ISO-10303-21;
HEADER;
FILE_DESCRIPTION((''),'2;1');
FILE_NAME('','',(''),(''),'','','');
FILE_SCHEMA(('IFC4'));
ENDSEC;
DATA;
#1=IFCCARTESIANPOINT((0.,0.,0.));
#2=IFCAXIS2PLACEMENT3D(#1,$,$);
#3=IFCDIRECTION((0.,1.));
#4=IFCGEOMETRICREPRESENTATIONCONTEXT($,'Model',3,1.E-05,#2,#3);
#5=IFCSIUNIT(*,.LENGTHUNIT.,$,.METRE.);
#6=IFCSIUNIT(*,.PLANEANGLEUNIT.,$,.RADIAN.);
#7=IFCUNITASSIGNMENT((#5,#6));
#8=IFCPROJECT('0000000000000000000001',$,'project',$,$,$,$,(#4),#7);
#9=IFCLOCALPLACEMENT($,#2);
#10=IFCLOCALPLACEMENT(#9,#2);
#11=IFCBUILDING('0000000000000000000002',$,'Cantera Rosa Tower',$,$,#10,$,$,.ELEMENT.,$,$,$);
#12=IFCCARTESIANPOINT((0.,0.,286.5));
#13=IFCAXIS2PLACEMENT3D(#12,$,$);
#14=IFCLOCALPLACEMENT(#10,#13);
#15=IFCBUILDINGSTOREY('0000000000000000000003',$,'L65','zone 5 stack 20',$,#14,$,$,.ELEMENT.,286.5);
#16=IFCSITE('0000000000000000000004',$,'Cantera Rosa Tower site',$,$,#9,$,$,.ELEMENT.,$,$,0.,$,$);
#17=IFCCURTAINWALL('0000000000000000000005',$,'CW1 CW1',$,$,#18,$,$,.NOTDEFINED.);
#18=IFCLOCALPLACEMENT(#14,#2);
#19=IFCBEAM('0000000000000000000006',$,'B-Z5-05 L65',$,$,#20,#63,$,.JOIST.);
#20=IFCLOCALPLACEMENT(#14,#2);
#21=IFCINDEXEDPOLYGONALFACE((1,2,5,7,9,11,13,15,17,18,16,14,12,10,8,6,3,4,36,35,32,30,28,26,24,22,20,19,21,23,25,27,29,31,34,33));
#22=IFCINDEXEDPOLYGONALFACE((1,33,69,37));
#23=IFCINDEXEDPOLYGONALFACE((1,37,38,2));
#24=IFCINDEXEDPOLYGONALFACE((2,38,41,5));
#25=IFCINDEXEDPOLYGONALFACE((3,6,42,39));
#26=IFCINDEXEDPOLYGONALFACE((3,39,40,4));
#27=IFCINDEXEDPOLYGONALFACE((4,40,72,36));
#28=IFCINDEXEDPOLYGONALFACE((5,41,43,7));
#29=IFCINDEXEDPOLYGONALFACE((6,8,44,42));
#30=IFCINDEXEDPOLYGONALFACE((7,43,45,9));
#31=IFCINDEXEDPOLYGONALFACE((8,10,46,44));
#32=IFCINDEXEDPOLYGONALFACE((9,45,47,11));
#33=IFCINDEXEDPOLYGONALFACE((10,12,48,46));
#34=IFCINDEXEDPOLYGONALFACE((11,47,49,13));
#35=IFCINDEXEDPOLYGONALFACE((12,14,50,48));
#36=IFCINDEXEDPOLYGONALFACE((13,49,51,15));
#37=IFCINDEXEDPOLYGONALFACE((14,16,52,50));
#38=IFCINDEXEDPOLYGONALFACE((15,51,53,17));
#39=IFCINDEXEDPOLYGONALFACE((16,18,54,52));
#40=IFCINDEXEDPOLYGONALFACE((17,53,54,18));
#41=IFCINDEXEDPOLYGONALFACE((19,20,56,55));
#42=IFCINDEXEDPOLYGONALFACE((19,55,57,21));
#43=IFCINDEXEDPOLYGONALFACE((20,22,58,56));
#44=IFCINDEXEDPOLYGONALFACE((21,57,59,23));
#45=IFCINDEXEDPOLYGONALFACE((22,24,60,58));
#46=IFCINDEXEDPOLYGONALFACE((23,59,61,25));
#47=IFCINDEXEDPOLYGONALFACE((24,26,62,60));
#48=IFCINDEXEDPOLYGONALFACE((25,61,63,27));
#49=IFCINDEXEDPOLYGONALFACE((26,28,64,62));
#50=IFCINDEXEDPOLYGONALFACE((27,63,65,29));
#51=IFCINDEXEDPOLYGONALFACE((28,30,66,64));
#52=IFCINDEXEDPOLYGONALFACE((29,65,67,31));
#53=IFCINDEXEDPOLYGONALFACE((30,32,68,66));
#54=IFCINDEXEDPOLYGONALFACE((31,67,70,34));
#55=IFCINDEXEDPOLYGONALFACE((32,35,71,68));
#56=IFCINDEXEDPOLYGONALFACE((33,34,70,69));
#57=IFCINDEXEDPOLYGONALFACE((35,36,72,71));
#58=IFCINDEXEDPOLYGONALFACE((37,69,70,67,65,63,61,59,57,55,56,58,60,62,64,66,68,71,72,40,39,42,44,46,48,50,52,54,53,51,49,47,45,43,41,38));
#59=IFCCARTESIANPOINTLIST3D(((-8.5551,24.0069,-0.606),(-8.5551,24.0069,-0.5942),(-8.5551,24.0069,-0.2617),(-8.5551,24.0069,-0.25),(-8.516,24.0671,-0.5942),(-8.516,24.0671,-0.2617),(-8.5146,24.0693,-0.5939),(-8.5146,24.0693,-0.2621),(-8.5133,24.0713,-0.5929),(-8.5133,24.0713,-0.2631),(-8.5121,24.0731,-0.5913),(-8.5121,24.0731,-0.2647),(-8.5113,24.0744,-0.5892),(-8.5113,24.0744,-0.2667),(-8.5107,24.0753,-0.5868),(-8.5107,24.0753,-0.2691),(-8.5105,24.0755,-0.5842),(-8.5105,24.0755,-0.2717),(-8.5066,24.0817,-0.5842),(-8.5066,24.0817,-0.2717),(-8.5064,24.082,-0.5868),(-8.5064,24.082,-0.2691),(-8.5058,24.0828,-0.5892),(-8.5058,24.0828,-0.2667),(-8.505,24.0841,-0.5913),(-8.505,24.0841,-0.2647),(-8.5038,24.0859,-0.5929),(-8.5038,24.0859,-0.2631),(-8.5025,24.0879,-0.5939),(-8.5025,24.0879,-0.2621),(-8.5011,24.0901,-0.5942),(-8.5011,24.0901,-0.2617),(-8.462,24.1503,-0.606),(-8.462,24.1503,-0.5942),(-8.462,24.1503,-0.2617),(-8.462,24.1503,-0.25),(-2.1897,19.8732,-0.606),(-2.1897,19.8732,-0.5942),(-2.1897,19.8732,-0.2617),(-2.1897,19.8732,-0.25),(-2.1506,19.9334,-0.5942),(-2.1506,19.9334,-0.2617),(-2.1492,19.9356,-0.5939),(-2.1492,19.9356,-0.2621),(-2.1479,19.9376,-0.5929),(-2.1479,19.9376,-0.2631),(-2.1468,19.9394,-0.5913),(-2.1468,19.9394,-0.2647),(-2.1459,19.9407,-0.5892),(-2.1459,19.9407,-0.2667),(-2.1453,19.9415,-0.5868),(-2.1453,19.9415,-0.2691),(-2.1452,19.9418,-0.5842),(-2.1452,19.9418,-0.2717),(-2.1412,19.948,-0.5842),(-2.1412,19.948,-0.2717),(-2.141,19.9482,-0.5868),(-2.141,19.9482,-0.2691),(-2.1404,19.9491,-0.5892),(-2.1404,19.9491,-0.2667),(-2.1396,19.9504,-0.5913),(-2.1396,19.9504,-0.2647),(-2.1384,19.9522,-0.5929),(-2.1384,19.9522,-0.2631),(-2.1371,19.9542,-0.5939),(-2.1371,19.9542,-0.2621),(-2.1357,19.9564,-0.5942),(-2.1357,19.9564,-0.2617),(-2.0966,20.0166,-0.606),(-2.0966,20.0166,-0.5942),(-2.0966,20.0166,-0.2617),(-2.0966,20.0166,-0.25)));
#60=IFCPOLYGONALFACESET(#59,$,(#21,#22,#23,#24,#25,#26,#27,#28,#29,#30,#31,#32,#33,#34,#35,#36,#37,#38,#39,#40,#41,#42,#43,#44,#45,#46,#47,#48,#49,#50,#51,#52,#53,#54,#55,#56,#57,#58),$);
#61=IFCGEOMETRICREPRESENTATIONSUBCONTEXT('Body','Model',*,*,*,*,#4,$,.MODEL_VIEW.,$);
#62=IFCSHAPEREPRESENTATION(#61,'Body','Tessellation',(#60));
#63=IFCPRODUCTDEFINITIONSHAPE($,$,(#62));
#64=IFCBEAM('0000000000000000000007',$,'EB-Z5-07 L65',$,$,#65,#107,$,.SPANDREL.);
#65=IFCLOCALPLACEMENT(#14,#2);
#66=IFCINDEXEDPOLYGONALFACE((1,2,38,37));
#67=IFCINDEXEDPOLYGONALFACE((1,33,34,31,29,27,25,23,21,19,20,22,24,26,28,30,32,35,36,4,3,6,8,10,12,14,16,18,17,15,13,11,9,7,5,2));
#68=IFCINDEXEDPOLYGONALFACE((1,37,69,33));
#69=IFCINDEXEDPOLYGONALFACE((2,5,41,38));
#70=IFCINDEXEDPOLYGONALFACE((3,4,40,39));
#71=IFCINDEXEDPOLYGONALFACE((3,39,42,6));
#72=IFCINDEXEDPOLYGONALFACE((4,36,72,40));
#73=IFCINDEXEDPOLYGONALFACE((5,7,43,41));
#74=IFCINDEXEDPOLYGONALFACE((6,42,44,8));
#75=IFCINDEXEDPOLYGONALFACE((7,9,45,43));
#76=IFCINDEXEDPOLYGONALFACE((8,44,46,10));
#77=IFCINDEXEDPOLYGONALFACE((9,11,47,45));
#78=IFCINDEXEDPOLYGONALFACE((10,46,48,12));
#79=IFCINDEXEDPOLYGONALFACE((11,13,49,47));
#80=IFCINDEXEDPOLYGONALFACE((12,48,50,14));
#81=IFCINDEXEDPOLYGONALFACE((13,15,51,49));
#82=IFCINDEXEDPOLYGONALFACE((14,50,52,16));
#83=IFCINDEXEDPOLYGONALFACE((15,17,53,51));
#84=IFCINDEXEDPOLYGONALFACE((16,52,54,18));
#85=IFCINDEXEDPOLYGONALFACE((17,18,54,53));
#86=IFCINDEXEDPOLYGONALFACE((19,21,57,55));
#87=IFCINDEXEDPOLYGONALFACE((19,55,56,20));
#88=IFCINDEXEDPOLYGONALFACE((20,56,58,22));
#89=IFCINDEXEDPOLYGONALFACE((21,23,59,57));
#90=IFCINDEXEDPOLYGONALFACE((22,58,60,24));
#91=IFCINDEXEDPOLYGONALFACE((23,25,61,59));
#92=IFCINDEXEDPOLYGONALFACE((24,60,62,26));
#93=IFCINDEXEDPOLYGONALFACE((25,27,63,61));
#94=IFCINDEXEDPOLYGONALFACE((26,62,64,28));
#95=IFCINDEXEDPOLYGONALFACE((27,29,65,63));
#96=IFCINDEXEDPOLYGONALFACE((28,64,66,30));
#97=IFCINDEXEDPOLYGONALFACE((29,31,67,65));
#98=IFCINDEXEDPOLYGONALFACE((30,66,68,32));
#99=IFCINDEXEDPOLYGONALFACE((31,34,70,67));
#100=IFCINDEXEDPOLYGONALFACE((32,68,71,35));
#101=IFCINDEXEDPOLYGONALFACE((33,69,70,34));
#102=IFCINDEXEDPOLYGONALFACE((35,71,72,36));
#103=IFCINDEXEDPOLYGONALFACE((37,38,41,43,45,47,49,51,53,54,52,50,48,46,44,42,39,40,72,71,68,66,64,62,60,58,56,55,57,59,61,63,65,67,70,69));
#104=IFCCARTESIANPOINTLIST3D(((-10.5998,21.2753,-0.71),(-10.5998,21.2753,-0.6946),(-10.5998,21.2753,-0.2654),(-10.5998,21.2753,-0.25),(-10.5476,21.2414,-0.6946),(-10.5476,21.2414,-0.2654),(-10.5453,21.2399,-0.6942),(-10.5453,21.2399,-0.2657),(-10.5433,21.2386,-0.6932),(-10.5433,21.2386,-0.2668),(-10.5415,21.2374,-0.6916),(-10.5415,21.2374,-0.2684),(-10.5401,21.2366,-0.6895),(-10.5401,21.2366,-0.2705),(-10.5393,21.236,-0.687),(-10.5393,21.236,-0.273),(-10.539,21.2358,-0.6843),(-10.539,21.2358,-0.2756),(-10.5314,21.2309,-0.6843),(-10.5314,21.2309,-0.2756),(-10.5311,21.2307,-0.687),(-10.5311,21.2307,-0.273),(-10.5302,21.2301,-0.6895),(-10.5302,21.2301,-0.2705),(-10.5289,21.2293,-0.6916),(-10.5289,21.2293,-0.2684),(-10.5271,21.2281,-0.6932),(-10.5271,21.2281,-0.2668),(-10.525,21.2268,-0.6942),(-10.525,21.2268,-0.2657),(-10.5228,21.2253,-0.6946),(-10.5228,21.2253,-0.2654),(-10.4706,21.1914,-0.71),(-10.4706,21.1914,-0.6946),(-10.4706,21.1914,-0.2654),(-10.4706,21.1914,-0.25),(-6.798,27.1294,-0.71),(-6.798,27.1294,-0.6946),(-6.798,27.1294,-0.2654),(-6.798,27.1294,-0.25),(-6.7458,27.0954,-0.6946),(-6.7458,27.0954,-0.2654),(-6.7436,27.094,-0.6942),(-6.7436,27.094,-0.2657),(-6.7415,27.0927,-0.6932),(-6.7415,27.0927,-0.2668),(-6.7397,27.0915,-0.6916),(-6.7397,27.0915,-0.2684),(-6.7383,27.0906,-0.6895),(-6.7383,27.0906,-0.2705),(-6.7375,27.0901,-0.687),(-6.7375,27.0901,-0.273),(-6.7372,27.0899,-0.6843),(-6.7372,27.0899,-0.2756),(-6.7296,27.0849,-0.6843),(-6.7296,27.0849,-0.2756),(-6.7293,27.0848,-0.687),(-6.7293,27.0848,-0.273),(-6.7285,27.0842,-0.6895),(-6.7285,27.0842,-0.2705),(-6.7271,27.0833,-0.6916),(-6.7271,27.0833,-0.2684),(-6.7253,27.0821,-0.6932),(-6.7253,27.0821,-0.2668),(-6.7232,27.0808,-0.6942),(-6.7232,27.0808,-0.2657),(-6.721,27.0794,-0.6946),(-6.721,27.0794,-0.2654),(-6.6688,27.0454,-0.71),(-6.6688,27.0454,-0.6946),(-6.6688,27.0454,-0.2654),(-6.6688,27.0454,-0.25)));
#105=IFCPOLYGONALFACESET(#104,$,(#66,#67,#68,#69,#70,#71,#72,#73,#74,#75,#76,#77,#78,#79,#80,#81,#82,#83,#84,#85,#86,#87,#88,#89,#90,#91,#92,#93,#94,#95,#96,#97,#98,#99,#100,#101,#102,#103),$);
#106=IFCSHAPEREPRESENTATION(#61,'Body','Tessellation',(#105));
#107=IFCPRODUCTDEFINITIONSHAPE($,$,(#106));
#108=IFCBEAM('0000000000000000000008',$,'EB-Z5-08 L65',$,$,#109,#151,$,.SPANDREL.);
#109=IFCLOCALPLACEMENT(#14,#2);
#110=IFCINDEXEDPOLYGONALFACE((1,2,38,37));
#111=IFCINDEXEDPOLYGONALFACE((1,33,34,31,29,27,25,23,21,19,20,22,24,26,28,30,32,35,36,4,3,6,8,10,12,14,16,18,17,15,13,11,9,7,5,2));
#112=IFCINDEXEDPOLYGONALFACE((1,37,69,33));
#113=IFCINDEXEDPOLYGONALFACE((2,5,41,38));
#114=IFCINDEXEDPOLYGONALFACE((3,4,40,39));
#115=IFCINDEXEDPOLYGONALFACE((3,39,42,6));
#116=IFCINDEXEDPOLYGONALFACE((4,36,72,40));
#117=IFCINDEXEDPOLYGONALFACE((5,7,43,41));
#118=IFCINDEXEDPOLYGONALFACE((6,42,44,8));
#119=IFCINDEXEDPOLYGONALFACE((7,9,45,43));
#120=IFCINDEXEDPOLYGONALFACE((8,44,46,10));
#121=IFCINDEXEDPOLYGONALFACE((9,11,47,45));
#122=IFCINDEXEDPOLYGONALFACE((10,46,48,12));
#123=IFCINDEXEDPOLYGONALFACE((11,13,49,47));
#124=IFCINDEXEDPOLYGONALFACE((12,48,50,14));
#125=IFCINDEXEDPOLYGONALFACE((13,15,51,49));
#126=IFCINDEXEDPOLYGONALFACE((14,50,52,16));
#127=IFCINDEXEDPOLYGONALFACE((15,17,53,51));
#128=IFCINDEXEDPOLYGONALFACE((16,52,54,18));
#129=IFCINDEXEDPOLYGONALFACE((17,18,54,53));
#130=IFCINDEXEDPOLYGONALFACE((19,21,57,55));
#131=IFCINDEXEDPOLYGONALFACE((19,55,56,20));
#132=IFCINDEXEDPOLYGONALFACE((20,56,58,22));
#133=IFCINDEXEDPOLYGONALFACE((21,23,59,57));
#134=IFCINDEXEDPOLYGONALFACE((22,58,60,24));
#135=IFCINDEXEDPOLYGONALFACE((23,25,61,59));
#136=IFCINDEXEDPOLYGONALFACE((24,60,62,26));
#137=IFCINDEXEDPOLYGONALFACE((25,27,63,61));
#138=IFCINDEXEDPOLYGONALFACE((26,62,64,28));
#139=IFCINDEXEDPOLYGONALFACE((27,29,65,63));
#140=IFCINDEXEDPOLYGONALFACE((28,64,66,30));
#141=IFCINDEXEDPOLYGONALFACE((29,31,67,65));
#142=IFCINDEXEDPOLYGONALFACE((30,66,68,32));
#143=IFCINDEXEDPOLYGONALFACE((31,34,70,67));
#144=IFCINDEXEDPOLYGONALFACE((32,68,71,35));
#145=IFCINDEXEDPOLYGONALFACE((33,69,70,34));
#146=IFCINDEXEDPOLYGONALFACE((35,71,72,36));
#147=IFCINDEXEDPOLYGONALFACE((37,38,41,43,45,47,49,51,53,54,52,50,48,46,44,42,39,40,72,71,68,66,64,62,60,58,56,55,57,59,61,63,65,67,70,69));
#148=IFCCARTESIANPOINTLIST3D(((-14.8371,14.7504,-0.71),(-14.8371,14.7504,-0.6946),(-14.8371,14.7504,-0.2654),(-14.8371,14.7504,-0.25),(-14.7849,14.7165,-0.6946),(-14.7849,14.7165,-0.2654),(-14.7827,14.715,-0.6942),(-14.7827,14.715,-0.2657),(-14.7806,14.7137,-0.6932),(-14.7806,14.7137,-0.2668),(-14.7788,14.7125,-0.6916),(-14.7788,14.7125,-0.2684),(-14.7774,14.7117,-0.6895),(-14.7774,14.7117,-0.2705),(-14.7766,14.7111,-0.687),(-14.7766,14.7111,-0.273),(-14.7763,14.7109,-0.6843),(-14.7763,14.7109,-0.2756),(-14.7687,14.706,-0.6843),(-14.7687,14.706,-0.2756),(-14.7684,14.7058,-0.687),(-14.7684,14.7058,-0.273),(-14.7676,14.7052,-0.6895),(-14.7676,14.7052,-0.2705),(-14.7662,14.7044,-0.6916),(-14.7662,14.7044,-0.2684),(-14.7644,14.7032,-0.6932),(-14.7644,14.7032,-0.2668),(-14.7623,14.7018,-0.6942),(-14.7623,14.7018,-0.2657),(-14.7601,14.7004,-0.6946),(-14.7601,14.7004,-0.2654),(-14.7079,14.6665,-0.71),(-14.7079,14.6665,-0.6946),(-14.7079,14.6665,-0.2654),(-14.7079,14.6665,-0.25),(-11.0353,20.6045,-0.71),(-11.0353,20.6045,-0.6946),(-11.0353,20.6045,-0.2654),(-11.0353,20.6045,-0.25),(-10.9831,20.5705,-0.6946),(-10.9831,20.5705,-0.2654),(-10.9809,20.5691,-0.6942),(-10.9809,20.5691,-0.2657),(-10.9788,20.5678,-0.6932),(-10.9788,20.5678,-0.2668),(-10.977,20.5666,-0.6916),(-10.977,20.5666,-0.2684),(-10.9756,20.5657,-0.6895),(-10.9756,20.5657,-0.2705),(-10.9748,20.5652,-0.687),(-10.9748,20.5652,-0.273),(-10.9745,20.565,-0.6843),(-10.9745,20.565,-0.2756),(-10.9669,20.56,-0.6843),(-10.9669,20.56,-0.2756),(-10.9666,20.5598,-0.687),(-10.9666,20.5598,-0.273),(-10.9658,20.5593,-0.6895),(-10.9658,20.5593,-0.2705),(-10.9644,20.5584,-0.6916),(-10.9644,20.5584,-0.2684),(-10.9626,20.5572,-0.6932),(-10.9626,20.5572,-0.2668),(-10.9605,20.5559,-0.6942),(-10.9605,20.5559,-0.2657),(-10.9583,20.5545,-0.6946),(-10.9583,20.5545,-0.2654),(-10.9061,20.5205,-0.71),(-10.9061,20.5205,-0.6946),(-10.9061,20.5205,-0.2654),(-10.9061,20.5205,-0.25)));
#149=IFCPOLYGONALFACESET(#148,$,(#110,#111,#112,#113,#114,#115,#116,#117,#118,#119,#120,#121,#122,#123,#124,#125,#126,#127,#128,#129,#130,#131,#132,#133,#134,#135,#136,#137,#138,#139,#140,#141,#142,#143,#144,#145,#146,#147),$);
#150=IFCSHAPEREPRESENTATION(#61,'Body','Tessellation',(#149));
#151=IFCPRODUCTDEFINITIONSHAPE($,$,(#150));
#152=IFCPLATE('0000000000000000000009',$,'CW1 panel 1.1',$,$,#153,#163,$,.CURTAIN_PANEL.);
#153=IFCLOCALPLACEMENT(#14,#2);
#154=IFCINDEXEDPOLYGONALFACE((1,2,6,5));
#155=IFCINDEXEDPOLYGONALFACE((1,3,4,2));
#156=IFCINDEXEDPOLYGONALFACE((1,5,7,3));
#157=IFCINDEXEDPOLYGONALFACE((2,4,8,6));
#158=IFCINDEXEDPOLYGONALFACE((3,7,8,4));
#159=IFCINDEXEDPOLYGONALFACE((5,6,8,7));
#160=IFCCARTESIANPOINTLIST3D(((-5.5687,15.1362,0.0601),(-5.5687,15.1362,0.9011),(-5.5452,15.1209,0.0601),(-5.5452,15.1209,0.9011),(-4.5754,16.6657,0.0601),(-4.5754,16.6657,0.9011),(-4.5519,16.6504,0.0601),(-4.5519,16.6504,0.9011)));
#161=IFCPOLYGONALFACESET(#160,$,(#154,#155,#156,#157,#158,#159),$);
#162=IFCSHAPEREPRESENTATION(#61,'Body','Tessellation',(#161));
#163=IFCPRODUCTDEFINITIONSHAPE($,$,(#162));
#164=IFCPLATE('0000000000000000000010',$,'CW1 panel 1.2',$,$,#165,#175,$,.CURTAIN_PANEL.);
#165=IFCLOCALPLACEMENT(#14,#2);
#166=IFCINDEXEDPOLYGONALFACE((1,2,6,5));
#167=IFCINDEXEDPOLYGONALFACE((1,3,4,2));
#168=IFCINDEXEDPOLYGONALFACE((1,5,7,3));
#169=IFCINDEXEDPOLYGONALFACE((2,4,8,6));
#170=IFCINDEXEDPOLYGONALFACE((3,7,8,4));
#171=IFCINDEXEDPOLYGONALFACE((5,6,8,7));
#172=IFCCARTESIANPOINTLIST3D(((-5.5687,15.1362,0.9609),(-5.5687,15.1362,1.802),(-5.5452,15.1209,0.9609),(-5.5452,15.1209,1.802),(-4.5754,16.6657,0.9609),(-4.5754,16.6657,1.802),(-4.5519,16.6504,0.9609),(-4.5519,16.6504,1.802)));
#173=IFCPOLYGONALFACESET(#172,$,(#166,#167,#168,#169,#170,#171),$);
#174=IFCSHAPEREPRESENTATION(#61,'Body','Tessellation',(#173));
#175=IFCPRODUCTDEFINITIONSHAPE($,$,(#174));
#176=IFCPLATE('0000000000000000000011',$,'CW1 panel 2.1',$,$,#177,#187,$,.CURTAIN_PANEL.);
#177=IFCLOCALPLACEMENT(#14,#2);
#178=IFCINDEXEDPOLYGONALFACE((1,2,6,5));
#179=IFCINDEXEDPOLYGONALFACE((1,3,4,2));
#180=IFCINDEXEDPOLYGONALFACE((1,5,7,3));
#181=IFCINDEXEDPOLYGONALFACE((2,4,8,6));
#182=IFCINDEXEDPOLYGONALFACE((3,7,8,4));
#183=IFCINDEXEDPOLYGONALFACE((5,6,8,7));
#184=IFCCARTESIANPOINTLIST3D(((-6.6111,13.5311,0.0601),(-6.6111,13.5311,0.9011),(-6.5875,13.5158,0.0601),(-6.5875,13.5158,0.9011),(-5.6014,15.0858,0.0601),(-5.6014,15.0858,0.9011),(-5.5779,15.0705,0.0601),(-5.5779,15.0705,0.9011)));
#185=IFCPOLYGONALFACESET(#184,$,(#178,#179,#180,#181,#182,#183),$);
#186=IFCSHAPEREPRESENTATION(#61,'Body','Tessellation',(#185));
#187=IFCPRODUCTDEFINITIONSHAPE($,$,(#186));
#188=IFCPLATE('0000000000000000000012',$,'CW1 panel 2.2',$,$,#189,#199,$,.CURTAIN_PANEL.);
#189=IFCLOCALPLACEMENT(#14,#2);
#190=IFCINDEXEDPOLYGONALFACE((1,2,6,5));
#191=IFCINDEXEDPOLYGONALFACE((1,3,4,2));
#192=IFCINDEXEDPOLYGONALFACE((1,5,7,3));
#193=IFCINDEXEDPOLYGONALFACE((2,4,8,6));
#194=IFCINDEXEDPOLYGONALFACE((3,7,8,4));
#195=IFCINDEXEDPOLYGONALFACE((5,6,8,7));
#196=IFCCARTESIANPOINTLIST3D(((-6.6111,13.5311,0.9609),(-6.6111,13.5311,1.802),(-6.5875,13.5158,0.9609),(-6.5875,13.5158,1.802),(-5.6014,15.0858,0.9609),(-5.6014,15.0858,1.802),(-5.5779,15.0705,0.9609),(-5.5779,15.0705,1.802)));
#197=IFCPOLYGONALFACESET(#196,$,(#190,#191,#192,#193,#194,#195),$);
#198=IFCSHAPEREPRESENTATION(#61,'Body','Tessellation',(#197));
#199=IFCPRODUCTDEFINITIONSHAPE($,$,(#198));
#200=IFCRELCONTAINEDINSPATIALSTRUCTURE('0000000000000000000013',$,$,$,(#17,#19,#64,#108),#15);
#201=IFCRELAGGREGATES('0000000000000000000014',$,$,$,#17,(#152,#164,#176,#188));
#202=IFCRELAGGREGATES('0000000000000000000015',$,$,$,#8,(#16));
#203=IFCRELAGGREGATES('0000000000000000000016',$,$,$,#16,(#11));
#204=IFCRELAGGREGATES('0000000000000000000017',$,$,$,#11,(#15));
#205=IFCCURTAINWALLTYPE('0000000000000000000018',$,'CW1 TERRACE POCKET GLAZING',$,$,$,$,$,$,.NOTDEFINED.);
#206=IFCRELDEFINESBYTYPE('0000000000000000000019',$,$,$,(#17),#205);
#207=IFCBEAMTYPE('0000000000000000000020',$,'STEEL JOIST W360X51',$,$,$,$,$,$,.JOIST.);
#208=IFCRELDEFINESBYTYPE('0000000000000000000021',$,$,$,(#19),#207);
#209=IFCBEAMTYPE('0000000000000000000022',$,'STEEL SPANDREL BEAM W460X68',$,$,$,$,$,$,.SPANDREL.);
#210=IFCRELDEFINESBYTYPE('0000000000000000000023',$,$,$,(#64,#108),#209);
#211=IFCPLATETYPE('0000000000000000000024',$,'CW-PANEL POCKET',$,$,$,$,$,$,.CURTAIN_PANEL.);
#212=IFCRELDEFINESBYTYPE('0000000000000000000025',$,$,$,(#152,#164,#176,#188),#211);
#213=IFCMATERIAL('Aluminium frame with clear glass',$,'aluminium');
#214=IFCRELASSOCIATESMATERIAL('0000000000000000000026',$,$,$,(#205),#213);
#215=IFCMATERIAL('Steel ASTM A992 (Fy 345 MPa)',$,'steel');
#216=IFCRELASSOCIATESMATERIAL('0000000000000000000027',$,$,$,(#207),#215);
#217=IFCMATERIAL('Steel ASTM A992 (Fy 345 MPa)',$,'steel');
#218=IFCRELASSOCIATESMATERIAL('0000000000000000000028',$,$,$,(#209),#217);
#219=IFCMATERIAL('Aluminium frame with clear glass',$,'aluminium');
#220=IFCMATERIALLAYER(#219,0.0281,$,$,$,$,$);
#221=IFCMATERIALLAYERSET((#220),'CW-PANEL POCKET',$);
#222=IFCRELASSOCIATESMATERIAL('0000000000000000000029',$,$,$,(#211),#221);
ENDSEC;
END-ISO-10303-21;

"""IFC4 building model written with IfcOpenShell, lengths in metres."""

from ifc_helpers import new_model, si_unit, direction, frame, origin, origin_2d, place, context, subcontext, project, spatial, rectangle, i_section, extrude, material, layer, layer_set, material_profile, profile_set, type_object, element, aggregate, save


model = new_model("IFC4")

# Units and contexts
model_context = context("Model", 3, precision=1e-05, world=origin(), true_north=direction((0.0, 1.0)))
body_context = subcontext(model_context, "Body", "Model", "MODEL_VIEW")
ifc_project = project(units=[si_unit("LENGTHUNIT", "METRE"), si_unit("PLANEANGLEUNIT", "RADIAN")], contexts=[model_context])

# Site, building, storey
site_placement = place(None, origin())
site = spatial("IfcSite", under=ifc_project, at=site_placement, Name="Cantera Rosa Tower site", CompositionType="ELEMENT", RefElevation=0.0)
building_placement = place(site_placement, origin())
building = spatial("IfcBuilding", under=site, at=building_placement, Name="Cantera Rosa Tower", CompositionType="ELEMENT")
storey_placement = place(building_placement, frame((0.0, 0.0, 286.5)))
storey = spatial("IfcBuildingStorey", under=building, at=storey_placement, Name="L65", Description="zone 5 stack 20", CompositionType="ELEMENT", Elevation=286.5)

# Curtain wall
ifc_material_1 = material(Name="Aluminium frame with clear glass", Category="aluminium")
curtain_wall_type = type_object("IfcCurtainWallType", Name="CW1 TERRACE POCKET GLAZING", PredefinedType="NOTDEFINED", material=ifc_material_1)
curtain_wall_placement = place(storey_placement, origin())
curtain_wall = element("IfcCurtainWall", 1, at=curtain_wall_placement, inside=storey, type_object=curtain_wall_type, Name="CW1 CW1", PredefinedType="NOTDEFINED")

# Beams
ifc_material_2 = material(Name="Steel ASTM A992 (Fy 345 MPa)", Category="steel")
ifc_material_profile_1 = material_profile(ifc_material_2, i_section(OverallWidth=0.1709, OverallDepth=0.356, WebThickness=0.0073, FlangeThickness=0.0117, FilletRadius=0.01, at=origin_2d()), Name="W360X51")
ifc_profile_set_1 = profile_set([ifc_material_profile_1], Name="Steel ASTM A992 (Fy 345 MPa)")
beam_type_1 = type_object("IfcBeamType", Name="STEEL JOIST W360X51", PredefinedType="JOIST", material=ifc_profile_set_1)
beam_1_placement = place(storey_placement, frame((-8.5085, 24.0786, -0.428), z_axis=(0.838671, -0.544639, 0.0), x_axis=(0.544639, 0.838671, 0.0)))
element("IfcBeam", 2, at=beam_1_placement, inside=storey, type_object=beam_type_1, Name="B-Z5-05 L65", PredefinedType="JOIST", context=body_context, shape_type="SweptSolid", body=[
    extrude(i_section(OverallWidth=0.1709, OverallDepth=0.356, WebThickness=0.0073, FlangeThickness=0.0117, FilletRadius=0.01, at=origin_2d()), origin(), (0.0, 0.0, 1.0), 7.5898),
])
ifc_material_3 = material(Name="Steel ASTM A992 (Fy 345 MPa)", Category="steel")
ifc_material_profile_2 = material_profile(ifc_material_3, i_section(OverallWidth=0.1541, OverallDepth=0.46, WebThickness=0.009, FlangeThickness=0.0154, FilletRadius=0.0103, at=origin_2d()), Name="W460X68")
ifc_profile_set_2 = profile_set([ifc_material_profile_2], Name="Steel ASTM A992 (Fy 345 MPa)")
beam_type_2 = type_object("IfcBeamType", Name="STEEL SPANDREL BEAM W460X68", PredefinedType="SPANDREL", material=ifc_profile_set_2)
for number, where, z_axis, x_axis, name in (
    (3, (-6.7334, 27.0874, -0.48), (-0.544651, -0.838663, 0.0), (0.838663, -0.544651, 0.0), "EB-Z5-07 L65"),
    (4, (-10.9707, 20.5625, -0.48), (-0.544651, -0.838663, 0.0), (0.838663, -0.544651, 0.0), "EB-Z5-08 L65"),
):
    element("IfcBeam", number, at=place(storey_placement, frame(where, z_axis=z_axis, x_axis=x_axis)), inside=storey, type_object=beam_type_2, Name=name, PredefinedType="SPANDREL", context=body_context, shape_type="SweptSolid", body=[
        extrude(i_section(OverallWidth=0.1541, OverallDepth=0.46, WebThickness=0.009, FlangeThickness=0.0154, FilletRadius=0.0103, at=origin_2d()), origin(), (0.0, 0.0, 1.0), 6.9802),
    ])

# Plates
ifc_material_4 = material(Name="Aluminium frame with clear glass", Category="aluminium")
ifc_layer_1 = layer(ifc_material_4, 0.0281)
ifc_layer_set_1 = layer_set([ifc_layer_1], Name="CW-PANEL POCKET")
plate_type_1 = type_object("IfcPlateType", Name="CW-PANEL POCKET", PredefinedType="CURTAIN_PANEL", material=ifc_layer_set_1)
plate_1_placement = place(storey_placement, frame((-5.0603, 15.8933, 0.0601), z_axis=(0.0, 0.0, 1.0), x_axis=(-0.544639, -0.838671, 0.0)))
plate_1 = element("IfcPlate", 5, at=plate_1_placement, type_object=plate_type_1, Name="CW1 panel 1.1", PredefinedType="CURTAIN_PANEL", context=body_context, shape_type="SweptSolid", body=[
    extrude(rectangle(XDim=1.8237, YDim=0.0281, at=origin_2d()), origin(), (0.0, 0.0, 1.0), 0.8411),
])
plate_2_placement = place(storey_placement, frame((-5.0603, 15.8933, 0.9609), z_axis=(0.0, 0.0, 1.0), x_axis=(-0.544639, -0.838671, 0.0)))
plate_2 = element("IfcPlate", 6, at=plate_2_placement, type_object=plate_type_1, Name="CW1 panel 1.2", PredefinedType="CURTAIN_PANEL", context=body_context, shape_type="SweptSolid", body=[
    extrude(rectangle(XDim=1.8237, YDim=0.0281, at=origin_2d()), origin(), (0.0, 0.0, 1.0), 0.8411),
])
plate_3_placement = place(storey_placement, frame((-6.0945, 14.3008, 0.0601), z_axis=(0.0, 0.0, 1.0), x_axis=(-0.544639, -0.838671, 0.0)))
plate_3 = element("IfcPlate", 7, at=plate_3_placement, type_object=plate_type_1, Name="CW1 panel 2.1", PredefinedType="CURTAIN_PANEL", context=body_context, shape_type="SweptSolid", body=[
    extrude(rectangle(XDim=1.8538, YDim=0.0281, at=origin_2d()), origin(), (0.0, 0.0, 1.0), 0.8411),
])
plate_4_placement = place(storey_placement, frame((-6.0945, 14.3008, 0.9609), z_axis=(0.0, 0.0, 1.0), x_axis=(-0.544639, -0.838671, 0.0)))
plate_4 = element("IfcPlate", 8, at=plate_4_placement, type_object=plate_type_1, Name="CW1 panel 2.2", PredefinedType="CURTAIN_PANEL", context=body_context, shape_type="SweptSolid", body=[
    extrude(rectangle(XDim=1.8538, YDim=0.0281, at=origin_2d()), origin(), (0.0, 0.0, 1.0), 0.8411),
])
aggregate(curtain_wall, [plate_1, plate_2, plate_3, plate_4])

save(model, "model.ifc")
